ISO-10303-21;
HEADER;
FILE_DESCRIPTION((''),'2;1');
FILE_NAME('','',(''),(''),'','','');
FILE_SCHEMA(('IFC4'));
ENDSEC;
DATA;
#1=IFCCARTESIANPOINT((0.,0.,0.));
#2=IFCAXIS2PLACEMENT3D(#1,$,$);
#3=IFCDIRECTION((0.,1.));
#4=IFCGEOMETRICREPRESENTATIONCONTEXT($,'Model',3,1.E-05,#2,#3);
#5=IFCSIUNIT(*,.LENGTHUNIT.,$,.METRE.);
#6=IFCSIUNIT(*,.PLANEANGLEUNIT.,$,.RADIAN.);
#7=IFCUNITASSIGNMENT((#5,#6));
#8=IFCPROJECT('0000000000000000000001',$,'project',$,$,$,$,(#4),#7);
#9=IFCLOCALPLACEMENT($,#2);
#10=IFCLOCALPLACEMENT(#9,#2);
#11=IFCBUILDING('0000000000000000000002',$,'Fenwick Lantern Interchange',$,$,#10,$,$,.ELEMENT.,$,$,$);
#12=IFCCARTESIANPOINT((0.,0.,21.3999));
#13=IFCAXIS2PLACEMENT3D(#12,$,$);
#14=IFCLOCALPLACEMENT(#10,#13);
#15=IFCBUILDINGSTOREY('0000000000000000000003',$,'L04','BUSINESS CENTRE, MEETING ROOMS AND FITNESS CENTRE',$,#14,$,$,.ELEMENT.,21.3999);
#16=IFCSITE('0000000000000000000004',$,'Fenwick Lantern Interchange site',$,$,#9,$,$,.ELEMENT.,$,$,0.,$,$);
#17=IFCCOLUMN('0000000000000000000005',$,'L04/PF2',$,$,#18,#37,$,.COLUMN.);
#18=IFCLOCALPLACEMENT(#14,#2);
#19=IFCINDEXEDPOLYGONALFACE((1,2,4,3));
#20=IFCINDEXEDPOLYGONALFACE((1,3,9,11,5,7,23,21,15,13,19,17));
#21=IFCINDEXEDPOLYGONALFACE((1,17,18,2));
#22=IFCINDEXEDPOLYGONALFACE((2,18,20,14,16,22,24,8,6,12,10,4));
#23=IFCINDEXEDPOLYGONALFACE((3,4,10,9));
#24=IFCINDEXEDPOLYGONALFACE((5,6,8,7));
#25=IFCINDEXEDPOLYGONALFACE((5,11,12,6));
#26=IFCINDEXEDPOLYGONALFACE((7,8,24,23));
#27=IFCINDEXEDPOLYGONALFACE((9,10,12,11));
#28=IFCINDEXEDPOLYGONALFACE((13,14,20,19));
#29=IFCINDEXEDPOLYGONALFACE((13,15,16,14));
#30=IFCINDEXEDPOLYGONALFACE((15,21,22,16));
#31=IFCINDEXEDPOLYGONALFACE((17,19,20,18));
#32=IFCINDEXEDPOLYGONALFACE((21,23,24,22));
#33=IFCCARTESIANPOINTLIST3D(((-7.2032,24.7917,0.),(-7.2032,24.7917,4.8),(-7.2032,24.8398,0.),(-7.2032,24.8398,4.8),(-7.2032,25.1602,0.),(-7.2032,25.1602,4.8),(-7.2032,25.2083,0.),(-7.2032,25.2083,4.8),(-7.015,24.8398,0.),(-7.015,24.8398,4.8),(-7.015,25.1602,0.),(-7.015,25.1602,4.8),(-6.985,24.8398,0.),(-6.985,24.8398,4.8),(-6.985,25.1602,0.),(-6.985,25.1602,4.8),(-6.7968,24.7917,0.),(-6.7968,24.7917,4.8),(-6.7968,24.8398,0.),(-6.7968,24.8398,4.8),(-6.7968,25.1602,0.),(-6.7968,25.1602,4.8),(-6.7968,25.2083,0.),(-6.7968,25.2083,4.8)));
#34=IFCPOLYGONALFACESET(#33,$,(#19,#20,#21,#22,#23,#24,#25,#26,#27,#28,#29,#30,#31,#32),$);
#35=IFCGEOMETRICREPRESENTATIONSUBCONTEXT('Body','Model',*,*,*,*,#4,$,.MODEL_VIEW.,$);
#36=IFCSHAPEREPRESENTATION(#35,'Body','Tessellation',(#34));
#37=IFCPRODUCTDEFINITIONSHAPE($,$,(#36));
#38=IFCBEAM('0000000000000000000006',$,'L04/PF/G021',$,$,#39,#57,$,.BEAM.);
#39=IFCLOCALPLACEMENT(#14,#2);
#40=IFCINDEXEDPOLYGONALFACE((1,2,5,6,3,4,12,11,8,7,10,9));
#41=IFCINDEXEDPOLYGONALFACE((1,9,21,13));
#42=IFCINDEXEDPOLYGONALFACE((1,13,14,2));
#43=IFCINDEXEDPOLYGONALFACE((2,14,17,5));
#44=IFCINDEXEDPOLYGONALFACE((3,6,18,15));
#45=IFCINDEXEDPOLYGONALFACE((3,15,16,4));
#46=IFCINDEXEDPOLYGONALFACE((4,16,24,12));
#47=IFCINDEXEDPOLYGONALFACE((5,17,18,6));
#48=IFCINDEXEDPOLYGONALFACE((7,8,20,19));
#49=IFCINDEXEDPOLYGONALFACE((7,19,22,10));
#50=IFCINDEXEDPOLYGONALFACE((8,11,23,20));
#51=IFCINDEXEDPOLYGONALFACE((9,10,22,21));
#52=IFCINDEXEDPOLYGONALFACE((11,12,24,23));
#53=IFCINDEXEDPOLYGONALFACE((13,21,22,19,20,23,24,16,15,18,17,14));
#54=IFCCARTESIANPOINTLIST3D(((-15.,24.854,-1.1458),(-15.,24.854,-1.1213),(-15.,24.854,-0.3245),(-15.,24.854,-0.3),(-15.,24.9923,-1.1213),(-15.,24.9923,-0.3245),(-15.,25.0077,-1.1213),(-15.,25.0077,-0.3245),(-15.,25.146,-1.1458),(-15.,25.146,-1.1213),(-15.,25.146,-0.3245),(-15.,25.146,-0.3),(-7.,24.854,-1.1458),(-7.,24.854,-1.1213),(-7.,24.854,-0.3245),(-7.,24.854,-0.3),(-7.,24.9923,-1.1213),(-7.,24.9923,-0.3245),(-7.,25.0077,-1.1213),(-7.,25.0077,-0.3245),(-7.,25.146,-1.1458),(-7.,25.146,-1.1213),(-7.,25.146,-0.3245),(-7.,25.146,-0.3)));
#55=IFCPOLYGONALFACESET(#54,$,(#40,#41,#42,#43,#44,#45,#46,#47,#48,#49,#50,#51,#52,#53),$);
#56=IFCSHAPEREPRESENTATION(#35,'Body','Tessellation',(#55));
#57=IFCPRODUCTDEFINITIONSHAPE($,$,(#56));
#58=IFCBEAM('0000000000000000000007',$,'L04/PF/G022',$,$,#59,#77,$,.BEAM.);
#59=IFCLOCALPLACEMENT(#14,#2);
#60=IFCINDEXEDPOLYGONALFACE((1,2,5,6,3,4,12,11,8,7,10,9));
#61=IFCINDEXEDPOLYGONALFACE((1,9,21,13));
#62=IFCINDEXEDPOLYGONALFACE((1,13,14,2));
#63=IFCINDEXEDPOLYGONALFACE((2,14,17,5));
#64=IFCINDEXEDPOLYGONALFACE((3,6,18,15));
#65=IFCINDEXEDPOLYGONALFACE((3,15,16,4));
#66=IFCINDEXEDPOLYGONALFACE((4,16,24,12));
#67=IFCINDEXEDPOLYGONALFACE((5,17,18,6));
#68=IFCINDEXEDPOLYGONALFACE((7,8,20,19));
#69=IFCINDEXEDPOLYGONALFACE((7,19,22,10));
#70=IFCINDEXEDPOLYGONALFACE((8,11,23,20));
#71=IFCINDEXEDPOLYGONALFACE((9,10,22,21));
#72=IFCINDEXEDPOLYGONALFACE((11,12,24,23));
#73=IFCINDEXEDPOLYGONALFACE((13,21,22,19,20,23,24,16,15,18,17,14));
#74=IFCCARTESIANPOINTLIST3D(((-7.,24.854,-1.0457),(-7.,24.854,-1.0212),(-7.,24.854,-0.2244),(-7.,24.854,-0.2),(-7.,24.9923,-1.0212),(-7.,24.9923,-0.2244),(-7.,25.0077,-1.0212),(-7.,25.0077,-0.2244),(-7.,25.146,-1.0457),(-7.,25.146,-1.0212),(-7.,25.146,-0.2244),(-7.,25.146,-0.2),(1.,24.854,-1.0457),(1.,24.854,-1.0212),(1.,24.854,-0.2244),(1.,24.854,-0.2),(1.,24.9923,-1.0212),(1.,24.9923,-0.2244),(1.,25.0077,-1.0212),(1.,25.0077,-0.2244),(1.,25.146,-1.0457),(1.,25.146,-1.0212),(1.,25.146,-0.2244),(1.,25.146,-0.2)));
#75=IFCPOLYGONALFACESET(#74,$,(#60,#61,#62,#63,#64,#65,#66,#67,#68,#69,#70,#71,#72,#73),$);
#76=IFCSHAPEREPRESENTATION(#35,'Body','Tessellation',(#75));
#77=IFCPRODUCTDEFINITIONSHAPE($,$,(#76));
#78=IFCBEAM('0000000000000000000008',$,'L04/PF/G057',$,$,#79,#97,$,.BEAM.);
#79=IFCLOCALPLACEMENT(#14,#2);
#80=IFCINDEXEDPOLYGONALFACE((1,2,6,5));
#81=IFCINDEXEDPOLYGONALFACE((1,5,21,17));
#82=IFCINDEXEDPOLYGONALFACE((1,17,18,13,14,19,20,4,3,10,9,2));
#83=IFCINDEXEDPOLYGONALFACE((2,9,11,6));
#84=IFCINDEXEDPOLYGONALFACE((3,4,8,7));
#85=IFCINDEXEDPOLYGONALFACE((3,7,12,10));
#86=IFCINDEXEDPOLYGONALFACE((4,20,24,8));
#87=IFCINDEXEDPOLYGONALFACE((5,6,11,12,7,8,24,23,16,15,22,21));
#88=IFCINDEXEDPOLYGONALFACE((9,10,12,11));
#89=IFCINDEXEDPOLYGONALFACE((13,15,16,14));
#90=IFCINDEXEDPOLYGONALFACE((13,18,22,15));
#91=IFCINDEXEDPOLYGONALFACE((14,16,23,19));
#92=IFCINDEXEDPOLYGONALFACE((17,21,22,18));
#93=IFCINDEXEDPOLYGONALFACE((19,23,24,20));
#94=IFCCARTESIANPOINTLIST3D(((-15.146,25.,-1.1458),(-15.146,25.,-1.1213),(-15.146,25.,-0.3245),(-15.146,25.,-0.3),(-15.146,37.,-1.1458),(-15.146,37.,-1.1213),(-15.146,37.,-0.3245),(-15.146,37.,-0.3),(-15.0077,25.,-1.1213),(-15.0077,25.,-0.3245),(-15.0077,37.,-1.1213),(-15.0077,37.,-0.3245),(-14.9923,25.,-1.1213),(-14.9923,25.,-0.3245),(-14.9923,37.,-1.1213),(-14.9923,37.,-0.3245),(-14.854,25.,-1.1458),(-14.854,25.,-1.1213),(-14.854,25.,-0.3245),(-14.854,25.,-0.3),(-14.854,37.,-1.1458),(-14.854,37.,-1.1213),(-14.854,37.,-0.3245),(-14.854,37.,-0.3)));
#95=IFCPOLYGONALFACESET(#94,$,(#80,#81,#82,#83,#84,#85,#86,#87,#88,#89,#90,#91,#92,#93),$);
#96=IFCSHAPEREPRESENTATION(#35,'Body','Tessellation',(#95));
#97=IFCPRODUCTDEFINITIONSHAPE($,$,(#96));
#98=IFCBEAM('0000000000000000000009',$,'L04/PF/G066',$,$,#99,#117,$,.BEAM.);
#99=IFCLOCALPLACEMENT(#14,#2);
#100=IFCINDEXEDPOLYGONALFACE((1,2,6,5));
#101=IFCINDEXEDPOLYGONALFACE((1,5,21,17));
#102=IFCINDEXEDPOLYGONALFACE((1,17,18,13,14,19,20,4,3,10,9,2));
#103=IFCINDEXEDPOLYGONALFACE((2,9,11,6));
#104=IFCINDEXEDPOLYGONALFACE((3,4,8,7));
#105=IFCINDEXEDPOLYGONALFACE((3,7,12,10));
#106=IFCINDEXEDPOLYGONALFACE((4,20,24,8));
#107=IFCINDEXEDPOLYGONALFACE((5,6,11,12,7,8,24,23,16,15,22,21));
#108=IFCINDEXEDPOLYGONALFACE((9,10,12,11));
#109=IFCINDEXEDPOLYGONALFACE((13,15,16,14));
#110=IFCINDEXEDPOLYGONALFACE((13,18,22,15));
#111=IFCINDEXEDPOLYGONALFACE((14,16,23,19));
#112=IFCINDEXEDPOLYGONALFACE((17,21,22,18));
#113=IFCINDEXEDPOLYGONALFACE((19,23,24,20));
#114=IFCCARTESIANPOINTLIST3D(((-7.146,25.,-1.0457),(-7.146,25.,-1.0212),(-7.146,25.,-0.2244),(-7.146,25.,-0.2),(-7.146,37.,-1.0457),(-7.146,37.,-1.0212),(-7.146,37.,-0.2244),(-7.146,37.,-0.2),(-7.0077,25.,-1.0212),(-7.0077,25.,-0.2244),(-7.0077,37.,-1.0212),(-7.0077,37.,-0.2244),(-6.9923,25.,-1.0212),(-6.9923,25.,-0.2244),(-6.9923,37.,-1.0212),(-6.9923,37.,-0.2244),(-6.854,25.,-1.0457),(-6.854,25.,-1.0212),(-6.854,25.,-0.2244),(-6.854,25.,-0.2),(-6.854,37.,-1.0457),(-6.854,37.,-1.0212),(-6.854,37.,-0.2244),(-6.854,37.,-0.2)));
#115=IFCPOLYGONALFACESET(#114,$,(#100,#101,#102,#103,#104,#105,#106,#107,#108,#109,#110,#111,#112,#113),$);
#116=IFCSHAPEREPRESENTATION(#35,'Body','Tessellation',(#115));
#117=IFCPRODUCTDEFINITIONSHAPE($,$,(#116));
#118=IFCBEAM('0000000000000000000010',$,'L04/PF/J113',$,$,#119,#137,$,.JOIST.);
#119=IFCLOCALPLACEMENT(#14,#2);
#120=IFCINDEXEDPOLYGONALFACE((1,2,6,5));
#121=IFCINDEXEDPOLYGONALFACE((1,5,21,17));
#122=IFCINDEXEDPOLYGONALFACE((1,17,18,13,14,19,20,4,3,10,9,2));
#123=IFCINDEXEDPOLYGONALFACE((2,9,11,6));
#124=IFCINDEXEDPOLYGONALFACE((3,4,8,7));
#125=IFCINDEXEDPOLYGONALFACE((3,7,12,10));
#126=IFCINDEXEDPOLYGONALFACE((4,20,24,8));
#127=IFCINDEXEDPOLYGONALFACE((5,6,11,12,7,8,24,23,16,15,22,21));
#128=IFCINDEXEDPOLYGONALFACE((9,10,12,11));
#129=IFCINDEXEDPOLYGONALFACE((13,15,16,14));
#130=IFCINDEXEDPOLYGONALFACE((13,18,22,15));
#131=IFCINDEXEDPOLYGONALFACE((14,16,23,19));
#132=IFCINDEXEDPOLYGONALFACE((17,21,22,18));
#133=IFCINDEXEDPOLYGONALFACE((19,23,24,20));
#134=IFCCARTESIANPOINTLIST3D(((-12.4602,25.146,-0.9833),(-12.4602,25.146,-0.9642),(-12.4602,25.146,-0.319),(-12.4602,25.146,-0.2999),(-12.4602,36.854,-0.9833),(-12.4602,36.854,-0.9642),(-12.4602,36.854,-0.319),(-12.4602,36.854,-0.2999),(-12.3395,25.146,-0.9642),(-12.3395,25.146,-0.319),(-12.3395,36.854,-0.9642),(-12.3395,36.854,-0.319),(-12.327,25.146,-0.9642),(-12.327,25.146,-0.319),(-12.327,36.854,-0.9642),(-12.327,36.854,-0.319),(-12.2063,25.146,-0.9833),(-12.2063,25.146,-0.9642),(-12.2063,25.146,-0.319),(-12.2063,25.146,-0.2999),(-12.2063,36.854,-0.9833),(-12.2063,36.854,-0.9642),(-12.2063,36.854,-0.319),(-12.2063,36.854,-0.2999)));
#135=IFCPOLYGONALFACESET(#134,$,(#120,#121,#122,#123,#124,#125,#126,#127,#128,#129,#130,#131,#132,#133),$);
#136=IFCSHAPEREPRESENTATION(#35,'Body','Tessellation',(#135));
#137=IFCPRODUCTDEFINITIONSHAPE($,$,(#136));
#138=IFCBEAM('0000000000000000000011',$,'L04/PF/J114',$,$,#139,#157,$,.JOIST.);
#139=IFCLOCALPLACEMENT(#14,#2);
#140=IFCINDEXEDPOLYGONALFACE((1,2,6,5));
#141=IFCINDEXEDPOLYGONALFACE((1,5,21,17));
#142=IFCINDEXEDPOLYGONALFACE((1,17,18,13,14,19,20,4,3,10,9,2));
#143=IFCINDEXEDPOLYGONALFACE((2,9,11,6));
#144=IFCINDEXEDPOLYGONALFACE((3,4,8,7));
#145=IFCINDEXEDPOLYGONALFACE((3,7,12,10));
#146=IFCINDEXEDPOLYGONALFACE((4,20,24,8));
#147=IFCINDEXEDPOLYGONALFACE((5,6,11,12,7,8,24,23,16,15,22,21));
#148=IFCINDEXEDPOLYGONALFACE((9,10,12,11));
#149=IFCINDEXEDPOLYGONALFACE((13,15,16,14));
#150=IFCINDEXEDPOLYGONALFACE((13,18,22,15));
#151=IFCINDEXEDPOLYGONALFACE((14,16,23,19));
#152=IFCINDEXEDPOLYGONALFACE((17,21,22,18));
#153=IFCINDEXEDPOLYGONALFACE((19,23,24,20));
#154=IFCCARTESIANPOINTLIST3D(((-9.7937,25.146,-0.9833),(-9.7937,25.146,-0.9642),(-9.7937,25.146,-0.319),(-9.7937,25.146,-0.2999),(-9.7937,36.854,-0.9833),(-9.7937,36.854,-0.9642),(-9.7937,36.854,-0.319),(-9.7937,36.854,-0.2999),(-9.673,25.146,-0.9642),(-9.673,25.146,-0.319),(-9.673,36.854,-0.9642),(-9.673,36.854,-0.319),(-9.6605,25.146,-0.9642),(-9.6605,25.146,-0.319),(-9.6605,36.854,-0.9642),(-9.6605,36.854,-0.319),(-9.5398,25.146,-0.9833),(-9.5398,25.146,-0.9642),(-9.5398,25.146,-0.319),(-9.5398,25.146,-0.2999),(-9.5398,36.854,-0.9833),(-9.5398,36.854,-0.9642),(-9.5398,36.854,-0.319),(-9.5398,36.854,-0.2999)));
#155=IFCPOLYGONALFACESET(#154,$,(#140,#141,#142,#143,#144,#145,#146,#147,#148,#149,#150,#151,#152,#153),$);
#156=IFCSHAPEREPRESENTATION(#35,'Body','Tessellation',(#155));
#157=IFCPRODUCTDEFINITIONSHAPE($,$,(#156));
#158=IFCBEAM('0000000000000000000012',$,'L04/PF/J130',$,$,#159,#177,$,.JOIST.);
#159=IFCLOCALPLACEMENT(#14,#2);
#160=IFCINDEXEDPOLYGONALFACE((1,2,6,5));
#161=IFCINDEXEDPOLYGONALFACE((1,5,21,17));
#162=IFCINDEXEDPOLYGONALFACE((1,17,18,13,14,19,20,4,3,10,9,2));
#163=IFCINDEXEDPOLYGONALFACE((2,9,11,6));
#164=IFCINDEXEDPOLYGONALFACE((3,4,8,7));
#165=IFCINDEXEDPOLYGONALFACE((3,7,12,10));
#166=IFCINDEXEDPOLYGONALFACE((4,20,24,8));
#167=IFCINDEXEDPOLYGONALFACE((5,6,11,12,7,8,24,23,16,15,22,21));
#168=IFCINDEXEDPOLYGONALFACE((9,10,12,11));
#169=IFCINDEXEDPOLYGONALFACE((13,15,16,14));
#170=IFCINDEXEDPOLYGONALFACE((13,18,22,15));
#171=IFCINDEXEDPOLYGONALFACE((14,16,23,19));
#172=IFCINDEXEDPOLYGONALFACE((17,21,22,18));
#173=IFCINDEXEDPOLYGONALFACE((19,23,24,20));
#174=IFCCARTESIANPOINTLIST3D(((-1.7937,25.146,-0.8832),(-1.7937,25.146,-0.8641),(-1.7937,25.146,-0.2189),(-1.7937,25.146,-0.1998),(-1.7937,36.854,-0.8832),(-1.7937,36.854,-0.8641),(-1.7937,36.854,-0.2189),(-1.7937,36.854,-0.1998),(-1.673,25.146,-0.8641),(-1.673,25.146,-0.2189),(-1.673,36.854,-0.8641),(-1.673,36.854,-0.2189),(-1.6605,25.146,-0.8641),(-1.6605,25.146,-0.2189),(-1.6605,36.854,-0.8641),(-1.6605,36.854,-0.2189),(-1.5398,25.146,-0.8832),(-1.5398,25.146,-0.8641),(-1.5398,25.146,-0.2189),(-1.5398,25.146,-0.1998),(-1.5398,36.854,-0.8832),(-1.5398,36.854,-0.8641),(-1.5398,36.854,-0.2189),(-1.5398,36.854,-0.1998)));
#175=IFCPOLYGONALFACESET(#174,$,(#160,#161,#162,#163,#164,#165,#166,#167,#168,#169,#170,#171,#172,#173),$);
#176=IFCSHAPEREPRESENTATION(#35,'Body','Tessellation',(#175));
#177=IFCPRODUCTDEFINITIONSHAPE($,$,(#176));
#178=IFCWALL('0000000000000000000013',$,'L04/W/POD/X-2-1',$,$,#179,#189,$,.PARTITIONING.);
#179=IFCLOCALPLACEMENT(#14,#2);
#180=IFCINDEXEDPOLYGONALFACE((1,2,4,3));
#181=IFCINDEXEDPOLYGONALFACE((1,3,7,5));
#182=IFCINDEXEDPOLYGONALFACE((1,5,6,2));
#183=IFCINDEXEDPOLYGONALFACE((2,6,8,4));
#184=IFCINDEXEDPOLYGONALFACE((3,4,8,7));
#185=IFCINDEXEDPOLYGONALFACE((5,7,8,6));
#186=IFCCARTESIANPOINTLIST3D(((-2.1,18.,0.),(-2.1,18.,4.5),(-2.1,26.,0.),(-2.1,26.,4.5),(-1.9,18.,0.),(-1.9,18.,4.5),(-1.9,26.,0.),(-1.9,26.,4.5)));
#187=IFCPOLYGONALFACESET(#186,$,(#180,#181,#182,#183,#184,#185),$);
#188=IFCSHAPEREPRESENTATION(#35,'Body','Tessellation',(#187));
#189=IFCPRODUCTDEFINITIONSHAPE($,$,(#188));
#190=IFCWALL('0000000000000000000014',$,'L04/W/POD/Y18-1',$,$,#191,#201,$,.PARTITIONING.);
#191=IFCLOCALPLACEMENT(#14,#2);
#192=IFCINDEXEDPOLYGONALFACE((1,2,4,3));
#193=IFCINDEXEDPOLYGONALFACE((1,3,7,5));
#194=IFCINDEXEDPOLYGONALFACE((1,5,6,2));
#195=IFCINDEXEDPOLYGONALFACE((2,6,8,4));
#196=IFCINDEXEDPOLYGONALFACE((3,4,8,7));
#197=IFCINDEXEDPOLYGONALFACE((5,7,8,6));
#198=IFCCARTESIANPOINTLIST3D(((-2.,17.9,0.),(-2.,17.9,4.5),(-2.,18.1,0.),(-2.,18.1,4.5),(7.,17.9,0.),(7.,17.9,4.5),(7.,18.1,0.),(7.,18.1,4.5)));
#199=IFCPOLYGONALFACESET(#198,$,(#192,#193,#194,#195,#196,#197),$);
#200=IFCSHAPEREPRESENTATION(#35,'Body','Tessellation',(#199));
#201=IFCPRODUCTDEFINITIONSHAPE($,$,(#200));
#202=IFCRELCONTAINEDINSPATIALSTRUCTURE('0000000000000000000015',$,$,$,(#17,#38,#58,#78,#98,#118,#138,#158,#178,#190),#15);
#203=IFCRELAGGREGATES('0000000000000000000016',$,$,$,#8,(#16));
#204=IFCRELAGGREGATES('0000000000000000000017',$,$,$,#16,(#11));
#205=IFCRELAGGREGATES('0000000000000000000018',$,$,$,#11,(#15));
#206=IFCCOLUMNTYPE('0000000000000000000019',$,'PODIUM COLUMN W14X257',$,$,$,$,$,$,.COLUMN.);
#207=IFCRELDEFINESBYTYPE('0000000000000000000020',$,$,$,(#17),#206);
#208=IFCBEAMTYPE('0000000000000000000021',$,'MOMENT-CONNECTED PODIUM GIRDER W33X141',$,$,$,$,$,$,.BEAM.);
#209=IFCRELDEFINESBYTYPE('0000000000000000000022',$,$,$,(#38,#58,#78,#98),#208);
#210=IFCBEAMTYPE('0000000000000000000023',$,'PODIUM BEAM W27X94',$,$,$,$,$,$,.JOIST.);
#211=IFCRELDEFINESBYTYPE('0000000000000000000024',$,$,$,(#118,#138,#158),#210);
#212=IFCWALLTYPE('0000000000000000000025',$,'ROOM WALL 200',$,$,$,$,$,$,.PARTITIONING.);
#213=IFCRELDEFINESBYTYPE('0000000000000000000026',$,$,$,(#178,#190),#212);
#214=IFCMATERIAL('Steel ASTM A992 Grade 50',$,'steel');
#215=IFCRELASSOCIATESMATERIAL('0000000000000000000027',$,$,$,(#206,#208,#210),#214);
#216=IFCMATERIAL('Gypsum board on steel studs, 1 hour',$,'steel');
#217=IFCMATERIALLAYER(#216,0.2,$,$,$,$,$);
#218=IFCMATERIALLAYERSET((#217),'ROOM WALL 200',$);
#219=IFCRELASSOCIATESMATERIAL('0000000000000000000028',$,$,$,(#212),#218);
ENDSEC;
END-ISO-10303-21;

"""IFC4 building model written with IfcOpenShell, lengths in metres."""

from ifc_helpers import new_model, si_unit, direction, frame, frame_2d, origin, origin_2d, place, context, subcontext, project, spatial, rectangle, i_section, extrude, material, layer, layer_set, material_profile, profile_set, type_object, element, save


model = new_model("IFC4")

# Units and contexts
model_context = context("Model", 3, precision=1e-05, world=origin(), true_north=direction((0.0, 1.0)))
body_context = subcontext(model_context, "Body", "Model", "MODEL_VIEW")
ifc_project = project(units=[si_unit("LENGTHUNIT", "METRE"), si_unit("PLANEANGLEUNIT", "RADIAN")], contexts=[model_context])

# Site, building, storey
site_placement = place(None, origin())
site = spatial("IfcSite", under=ifc_project, at=site_placement, Name="Fenwick Lantern Interchange site", CompositionType="ELEMENT", RefElevation=0.0)
building_placement = place(site_placement, origin())
building = spatial("IfcBuilding", under=site, at=building_placement, Name="Fenwick Lantern Interchange", CompositionType="ELEMENT")
storey_placement = place(building_placement, frame((0.0, 0.0, 21.3999)))
storey = spatial("IfcBuildingStorey", under=building, at=storey_placement, Name="L04", Description="BUSINESS CENTRE, MEETING ROOMS AND FITNESS CENTRE", CompositionType="ELEMENT", Elevation=21.3999)

# Column
ifc_material_1 = material(Name="Steel ASTM A992 Grade 50", Category="steel")
ifc_material_profile_1 = material_profile(ifc_material_1, i_section(OverallWidth=0.4065, OverallDepth=0.4165, WebThickness=0.03, FlangeThickness=0.0481, at=origin_2d()), Name="W14X257")
ifc_profile_set_1 = profile_set([ifc_material_profile_1], Name="Steel ASTM A992 Grade 50")
column_type = type_object("IfcColumnType", Name="PODIUM COLUMN W14X257", PredefinedType="COLUMN", material=ifc_profile_set_1)
column_placement = place(storey_placement, frame((-7.0, 25.0, 0.0), z_axis=(0.0, 0.0, 1.0), x_axis=(1.0, 0.0, 0.0)))
element("IfcColumn", 1, at=column_placement, inside=storey, type_object=column_type, Name="L04/PF2", PredefinedType="COLUMN", context=body_context, shape_type="SweptSolid", body=[
    extrude(i_section(OverallWidth=0.4065, OverallDepth=0.4165, WebThickness=0.03, FlangeThickness=0.0481, at=origin_2d()), origin(), (0.0, 0.0, 1.0), 4.8),
])

# Beams
ifc_material_profile_2 = material_profile(ifc_material_1, i_section(OverallWidth=0.292, OverallDepth=0.8457, WebThickness=0.0154, FlangeThickness=0.0244, at=origin_2d()), Name="W33X141")
ifc_profile_set_2 = profile_set([ifc_material_profile_2], Name="Steel ASTM A992 Grade 50")
beam_type_1 = type_object("IfcBeamType", Name="MOMENT-CONNECTED PODIUM GIRDER W33X141", PredefinedType="BEAM", material=ifc_profile_set_2)
for number, where, z_axis, x_axis, name in (
    (2, (-15.0, 25.0, -0.7229), (1.0, 0.0, 0.0), (0.0, 1.0, 0.0), "L04/PF/G021"),
    (3, (-7.0, 25.0, -0.6228), (1.0, 0.0, 0.0), (0.0, 1.0, 0.0), "L04/PF/G022"),
):
    element("IfcBeam", number, at=place(storey_placement, frame(where, z_axis=z_axis, x_axis=x_axis)), inside=storey, type_object=beam_type_1, Name=name, PredefinedType="BEAM", context=body_context, shape_type="SweptSolid", body=[
        extrude(i_section(OverallWidth=0.292, OverallDepth=0.8457, WebThickness=0.0154, FlangeThickness=0.0244, at=origin_2d()), origin(), (0.0, 0.0, 1.0), 8.0),
    ])
for number, where, z_axis, x_axis, name in (
    (4, (-15.0, 25.0, -0.7229), (0.0, 1.0, 0.0), (-1.0, 0.0, 0.0), "L04/PF/G057"),
    (5, (-7.0, 25.0, -0.6228), (0.0, 1.0, 0.0), (-1.0, 0.0, 0.0), "L04/PF/G066"),
):
    element("IfcBeam", number, at=place(storey_placement, frame(where, z_axis=z_axis, x_axis=x_axis)), inside=storey, type_object=beam_type_1, Name=name, PredefinedType="BEAM", context=body_context, shape_type="SweptSolid", body=[
        extrude(i_section(OverallWidth=0.292, OverallDepth=0.8457, WebThickness=0.0154, FlangeThickness=0.0244, at=origin_2d()), origin(), (0.0, 0.0, 1.0), 12.0),
    ])
ifc_material_profile_3 = material_profile(ifc_material_1, i_section(OverallWidth=0.2539, OverallDepth=0.6833, WebThickness=0.0125, FlangeThickness=0.019, at=origin_2d()), Name="W27X94")
ifc_profile_set_3 = profile_set([ifc_material_profile_3], Name="Steel ASTM A992 Grade 50")
beam_type_2 = type_object("IfcBeamType", Name="PODIUM BEAM W27X94", PredefinedType="JOIST", material=ifc_profile_set_3)
for number, where, z_axis, x_axis, name in (
    (6, (-12.3333, 25.146, -0.6416), (0.0, 1.0, 0.0), (-1.0, 0.0, 0.0), "L04/PF/J113"),
    (7, (-9.6667, 25.146, -0.6416), (0.0, 1.0, 0.0), (-1.0, 0.0, 0.0), "L04/PF/J114"),
    (8, (-1.6667, 25.146, -0.5415), (0.0, 1.0, 0.0), (-1.0, 0.0, 0.0), "L04/PF/J130"),
):
    element("IfcBeam", number, at=place(storey_placement, frame(where, z_axis=z_axis, x_axis=x_axis)), inside=storey, type_object=beam_type_2, Name=name, PredefinedType="JOIST", context=body_context, shape_type="SweptSolid", body=[
        extrude(i_section(OverallWidth=0.2539, OverallDepth=0.6833, WebThickness=0.0125, FlangeThickness=0.019, at=origin_2d()), origin(), (0.0, 0.0, 1.0), 11.708),
    ])

# Walls
ifc_material_2 = material(Name="Gypsum board on steel studs, 1 hour", Category="steel")
ifc_layer_1 = layer(ifc_material_2, 0.2)
ifc_layer_set_1 = layer_set([ifc_layer_1], Name="ROOM WALL 200")
wall_type_1 = type_object("IfcWallType", Name="ROOM WALL 200", PredefinedType="PARTITIONING", material=ifc_layer_set_1)
wall_1_placement = place(storey_placement, frame((-2.0, 18.0, 0.0), z_axis=(0.0, 0.0, 1.0), x_axis=(0.0, 1.0, 0.0)))
element("IfcWall", 9, at=wall_1_placement, inside=storey, type_object=wall_type_1, Name="L04/W/POD/X-2-1", PredefinedType="PARTITIONING", context=body_context, shape_type="SweptSolid", body=[
    extrude(rectangle(XDim=8.0, YDim=0.2, at=frame_2d((4.0, 0.0))), origin(), (0.0, 0.0, 1.0), 4.5),
])
wall_2_placement = place(storey_placement, frame((-2.0, 18.0, 0.0), z_axis=(0.0, 0.0, 1.0), x_axis=(1.0, 0.0, 0.0)))
element("IfcWall", 10, at=wall_2_placement, inside=storey, type_object=wall_type_1, Name="L04/W/POD/Y18-1", PredefinedType="PARTITIONING", context=body_context, shape_type="SweptSolid", body=[
    extrude(rectangle(XDim=9.0, YDim=0.2, at=frame_2d((4.5, 0.0))), origin(), (0.0, 0.0, 1.0), 4.5),
])

save(model, "model.ifc")
